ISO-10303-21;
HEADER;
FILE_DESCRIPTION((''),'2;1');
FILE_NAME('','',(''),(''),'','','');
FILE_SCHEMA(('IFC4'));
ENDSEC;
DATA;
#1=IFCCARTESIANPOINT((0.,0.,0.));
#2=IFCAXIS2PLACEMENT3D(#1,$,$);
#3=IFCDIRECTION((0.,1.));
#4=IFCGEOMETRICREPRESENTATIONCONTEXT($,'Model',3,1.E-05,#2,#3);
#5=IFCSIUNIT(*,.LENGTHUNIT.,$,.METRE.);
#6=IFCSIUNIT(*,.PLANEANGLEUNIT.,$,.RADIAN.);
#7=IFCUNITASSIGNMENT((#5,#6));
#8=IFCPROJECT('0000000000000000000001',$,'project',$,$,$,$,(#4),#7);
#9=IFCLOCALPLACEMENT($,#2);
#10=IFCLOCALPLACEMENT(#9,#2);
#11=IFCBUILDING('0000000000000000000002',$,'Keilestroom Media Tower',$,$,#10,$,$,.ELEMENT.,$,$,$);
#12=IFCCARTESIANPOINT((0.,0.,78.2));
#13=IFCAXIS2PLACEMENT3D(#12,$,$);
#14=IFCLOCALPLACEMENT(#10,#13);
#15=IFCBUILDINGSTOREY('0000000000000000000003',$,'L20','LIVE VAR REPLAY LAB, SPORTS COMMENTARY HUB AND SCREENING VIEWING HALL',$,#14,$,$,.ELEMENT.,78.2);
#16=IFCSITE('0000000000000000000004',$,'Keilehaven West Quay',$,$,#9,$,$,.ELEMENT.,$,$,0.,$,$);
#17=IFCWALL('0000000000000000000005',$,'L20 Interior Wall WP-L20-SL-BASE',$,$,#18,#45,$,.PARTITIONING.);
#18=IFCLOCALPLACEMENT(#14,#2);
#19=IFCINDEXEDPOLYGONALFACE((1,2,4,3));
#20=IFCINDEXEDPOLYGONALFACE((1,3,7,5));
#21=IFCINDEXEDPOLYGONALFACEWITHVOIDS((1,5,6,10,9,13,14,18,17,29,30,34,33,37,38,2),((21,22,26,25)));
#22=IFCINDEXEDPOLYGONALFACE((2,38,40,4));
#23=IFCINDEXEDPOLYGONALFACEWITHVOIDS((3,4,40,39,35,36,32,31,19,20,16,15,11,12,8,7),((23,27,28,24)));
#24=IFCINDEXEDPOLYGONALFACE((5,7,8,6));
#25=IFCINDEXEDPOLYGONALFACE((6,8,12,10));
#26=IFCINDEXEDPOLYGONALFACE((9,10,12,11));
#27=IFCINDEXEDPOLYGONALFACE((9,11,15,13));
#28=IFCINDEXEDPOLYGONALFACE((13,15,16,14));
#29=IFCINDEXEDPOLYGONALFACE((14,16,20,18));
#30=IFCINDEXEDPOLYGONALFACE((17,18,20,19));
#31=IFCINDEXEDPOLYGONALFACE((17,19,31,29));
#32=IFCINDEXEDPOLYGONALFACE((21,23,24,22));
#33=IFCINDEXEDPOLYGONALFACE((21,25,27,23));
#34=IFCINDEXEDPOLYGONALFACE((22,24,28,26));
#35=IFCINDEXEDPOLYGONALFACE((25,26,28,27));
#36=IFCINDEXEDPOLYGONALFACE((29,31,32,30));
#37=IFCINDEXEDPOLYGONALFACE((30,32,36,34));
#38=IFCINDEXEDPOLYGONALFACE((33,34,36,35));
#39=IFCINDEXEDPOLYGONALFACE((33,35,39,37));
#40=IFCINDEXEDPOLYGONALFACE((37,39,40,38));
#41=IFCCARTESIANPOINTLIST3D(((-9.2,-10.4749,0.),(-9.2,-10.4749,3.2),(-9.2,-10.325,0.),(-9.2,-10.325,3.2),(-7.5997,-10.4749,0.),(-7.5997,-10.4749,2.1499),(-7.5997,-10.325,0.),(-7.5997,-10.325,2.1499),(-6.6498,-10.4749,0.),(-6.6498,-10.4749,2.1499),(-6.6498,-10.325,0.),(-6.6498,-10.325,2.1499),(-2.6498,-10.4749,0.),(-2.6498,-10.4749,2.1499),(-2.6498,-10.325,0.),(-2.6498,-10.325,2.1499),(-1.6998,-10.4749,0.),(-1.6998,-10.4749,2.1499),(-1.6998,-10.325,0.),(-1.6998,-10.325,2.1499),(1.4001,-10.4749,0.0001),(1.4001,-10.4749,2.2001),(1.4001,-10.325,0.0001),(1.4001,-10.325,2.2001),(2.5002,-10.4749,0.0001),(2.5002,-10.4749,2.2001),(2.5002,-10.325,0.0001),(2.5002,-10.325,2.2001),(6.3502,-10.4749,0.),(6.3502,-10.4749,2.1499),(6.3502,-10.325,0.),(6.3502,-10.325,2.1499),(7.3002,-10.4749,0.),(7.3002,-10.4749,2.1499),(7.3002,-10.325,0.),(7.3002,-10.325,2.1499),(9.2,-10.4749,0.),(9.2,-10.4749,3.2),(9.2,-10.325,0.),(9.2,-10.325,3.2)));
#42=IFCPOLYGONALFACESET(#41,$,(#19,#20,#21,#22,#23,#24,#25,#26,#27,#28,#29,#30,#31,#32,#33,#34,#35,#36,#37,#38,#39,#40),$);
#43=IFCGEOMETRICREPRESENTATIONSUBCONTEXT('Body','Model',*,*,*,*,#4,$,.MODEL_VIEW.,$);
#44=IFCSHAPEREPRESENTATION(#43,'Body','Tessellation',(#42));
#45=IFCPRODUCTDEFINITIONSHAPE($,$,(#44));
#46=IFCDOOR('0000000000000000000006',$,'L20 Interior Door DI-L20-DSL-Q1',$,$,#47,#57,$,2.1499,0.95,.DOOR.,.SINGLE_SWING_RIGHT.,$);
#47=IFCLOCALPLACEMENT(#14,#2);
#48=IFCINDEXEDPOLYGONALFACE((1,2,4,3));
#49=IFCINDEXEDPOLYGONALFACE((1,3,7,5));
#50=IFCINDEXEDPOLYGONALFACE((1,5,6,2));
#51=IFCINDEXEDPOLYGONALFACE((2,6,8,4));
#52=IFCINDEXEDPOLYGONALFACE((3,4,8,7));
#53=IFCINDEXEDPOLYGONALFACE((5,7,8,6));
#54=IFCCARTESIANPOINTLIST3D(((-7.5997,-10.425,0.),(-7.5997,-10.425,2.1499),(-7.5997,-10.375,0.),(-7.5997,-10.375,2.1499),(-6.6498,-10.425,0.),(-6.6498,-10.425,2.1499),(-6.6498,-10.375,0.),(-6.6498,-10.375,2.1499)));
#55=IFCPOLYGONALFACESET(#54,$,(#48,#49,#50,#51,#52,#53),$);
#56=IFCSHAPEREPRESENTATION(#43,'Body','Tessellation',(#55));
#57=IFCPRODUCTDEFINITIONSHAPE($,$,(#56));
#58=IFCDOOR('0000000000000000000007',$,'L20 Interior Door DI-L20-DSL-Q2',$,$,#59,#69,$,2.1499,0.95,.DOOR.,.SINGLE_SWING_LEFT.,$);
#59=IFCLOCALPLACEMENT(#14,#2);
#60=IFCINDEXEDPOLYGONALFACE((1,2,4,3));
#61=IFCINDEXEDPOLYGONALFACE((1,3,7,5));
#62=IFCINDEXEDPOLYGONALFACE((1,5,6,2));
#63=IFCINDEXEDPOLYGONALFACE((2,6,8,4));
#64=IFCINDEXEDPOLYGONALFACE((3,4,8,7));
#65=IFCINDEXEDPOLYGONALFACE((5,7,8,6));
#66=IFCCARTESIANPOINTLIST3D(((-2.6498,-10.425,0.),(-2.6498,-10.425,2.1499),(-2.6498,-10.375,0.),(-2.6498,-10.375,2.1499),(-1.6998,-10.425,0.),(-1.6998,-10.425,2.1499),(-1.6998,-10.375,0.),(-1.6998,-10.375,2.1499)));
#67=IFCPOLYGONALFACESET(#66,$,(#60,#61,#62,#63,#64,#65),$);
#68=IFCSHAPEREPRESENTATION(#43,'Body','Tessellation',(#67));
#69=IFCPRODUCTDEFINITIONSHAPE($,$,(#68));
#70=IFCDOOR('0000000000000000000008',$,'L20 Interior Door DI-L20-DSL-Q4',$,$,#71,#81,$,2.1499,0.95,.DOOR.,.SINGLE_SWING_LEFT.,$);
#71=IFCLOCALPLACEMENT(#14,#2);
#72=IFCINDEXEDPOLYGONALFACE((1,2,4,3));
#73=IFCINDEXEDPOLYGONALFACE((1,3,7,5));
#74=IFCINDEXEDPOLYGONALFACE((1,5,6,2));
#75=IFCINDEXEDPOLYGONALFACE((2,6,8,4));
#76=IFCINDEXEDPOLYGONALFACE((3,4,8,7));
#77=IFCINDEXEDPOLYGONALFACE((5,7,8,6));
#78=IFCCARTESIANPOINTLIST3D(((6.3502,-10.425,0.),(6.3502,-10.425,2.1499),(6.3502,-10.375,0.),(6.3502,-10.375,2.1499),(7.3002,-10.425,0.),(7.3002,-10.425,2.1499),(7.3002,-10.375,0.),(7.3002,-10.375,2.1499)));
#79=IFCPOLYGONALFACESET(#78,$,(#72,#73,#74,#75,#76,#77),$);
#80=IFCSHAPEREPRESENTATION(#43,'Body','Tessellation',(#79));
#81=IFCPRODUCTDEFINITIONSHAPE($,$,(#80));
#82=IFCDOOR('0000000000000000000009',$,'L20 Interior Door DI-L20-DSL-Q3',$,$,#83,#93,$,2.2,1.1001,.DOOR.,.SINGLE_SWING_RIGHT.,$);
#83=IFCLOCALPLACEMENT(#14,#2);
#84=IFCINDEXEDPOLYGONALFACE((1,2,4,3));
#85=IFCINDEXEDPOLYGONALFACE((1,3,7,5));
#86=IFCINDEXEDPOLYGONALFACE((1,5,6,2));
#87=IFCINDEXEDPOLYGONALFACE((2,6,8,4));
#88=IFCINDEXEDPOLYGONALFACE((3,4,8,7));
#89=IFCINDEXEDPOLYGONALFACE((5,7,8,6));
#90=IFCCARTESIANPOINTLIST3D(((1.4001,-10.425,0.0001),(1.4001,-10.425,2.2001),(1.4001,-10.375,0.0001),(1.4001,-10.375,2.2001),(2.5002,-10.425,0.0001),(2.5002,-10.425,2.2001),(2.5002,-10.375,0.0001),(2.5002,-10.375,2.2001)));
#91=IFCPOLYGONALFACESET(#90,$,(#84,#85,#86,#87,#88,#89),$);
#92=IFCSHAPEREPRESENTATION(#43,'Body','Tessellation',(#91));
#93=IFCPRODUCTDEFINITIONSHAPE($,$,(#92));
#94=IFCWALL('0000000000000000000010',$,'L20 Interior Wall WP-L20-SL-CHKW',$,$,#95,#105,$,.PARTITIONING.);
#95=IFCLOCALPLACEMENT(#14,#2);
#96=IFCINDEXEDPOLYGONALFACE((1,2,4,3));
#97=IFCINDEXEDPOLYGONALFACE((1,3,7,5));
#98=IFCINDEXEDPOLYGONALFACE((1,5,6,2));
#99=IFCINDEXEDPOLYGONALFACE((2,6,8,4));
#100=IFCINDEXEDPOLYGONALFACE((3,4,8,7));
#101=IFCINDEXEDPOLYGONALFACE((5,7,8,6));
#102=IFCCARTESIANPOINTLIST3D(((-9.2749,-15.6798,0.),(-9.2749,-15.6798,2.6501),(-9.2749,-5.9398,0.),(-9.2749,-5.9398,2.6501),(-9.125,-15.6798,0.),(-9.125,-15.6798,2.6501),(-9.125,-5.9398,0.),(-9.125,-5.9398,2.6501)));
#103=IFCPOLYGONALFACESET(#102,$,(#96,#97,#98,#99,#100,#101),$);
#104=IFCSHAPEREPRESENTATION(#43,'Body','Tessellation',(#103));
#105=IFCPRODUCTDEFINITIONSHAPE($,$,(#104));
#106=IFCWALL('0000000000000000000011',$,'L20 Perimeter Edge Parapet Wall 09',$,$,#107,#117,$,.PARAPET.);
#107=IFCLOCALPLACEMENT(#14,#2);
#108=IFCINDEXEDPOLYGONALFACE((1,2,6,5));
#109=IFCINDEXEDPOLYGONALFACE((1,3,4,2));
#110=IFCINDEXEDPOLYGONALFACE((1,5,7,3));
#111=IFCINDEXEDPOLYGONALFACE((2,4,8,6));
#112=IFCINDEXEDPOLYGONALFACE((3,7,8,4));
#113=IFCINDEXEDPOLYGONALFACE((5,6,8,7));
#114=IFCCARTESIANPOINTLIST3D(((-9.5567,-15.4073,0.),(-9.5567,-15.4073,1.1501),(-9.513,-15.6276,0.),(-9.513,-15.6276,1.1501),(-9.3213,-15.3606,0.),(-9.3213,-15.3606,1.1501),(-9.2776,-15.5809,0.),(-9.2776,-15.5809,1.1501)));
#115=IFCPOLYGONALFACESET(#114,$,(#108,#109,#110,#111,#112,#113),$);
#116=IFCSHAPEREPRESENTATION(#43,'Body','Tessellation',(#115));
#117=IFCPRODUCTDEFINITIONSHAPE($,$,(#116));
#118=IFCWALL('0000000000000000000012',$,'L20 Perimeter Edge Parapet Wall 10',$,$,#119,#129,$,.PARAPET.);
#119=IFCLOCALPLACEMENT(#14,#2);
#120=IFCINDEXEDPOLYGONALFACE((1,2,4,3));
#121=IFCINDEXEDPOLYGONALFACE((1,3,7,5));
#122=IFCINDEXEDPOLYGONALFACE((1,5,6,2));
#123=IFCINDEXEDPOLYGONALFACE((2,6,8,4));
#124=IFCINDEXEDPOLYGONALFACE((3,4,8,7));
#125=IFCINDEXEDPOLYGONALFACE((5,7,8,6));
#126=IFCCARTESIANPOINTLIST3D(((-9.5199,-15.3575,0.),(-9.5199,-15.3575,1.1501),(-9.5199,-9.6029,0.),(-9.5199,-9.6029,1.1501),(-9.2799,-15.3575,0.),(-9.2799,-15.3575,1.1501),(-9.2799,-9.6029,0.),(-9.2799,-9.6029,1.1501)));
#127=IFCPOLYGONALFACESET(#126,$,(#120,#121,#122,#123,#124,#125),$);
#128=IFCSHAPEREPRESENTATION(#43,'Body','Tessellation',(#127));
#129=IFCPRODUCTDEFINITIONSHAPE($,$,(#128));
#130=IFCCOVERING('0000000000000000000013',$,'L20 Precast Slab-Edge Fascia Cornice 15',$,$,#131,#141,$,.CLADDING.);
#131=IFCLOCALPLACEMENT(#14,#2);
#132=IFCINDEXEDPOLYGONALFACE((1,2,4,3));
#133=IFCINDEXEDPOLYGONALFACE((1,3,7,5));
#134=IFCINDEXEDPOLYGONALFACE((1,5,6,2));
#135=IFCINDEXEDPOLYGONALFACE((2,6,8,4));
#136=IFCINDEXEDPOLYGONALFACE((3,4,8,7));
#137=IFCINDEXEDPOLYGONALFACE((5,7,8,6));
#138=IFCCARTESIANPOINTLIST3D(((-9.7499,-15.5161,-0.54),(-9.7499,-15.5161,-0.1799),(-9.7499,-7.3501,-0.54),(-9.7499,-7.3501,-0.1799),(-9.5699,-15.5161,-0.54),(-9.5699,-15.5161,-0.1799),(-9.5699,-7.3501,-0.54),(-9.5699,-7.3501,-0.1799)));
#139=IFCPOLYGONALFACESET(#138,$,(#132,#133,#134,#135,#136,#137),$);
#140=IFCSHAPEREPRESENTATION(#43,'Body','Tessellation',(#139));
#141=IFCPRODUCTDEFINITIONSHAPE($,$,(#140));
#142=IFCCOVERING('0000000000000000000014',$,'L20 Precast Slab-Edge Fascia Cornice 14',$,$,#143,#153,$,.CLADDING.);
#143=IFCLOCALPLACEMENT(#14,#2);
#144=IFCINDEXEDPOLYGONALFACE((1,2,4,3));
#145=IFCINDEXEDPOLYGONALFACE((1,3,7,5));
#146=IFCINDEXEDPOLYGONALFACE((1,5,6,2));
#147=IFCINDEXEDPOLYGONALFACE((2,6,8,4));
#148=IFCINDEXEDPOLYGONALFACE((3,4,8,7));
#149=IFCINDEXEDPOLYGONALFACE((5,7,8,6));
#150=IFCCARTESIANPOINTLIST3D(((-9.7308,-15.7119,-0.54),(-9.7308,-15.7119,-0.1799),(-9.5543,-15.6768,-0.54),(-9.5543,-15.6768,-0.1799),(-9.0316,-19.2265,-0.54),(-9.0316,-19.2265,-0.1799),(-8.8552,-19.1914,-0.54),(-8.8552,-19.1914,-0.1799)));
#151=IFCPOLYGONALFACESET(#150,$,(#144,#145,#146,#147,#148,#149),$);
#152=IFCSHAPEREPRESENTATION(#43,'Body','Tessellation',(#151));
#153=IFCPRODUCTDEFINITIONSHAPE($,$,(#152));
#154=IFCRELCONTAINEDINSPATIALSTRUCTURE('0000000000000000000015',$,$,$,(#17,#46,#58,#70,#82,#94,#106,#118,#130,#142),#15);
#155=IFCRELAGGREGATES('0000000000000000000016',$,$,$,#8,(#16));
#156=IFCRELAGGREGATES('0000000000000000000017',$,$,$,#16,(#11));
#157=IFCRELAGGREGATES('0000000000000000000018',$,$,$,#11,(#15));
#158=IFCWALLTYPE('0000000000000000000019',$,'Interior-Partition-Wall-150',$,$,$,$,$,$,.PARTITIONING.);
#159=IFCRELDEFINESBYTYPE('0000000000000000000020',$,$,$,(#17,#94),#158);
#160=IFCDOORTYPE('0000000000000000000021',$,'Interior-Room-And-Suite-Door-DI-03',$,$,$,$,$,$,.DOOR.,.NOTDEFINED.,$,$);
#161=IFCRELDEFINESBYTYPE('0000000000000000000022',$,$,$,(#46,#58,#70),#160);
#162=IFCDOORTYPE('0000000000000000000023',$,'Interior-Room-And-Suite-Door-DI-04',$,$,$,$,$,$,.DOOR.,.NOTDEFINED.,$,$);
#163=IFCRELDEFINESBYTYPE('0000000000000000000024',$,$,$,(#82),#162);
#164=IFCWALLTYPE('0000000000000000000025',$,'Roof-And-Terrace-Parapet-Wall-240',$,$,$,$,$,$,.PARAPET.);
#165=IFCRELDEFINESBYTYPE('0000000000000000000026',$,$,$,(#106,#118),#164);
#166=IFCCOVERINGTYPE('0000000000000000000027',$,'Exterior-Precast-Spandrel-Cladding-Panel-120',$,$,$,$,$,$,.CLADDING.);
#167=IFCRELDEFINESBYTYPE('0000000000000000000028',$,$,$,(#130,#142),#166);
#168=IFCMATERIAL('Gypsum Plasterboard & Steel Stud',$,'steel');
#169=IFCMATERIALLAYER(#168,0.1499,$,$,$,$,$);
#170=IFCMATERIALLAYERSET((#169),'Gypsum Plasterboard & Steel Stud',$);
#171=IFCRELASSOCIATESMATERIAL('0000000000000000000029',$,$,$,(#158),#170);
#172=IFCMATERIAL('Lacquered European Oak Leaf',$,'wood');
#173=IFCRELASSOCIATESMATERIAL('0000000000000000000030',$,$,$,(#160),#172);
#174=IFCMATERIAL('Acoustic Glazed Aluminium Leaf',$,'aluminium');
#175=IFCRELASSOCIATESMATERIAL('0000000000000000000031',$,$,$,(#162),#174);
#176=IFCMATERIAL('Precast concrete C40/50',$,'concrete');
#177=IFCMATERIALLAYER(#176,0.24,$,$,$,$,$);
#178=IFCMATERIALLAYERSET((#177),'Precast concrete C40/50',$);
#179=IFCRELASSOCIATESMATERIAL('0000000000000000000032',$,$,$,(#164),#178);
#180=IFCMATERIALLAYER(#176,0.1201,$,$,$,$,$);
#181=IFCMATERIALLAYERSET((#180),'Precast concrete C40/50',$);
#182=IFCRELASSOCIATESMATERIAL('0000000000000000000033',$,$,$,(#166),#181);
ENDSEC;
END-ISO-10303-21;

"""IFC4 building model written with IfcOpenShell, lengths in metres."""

from ifc_helpers import new_model, si_unit, direction, frame, frame_2d, origin, origin_2d, place, context, subcontext, project, spatial, rectangle, extrude, source, transform, mapped, material, layer, layer_set, type_object, element, fill, save


model = new_model("IFC4")

# Units and contexts
model_context = context("Model", 3, precision=1e-05, world=origin(), true_north=direction((0.0, 1.0)))
body_context = subcontext(model_context, "Body", "Model", "MODEL_VIEW")
ifc_project = project(units=[si_unit("LENGTHUNIT", "METRE"), si_unit("PLANEANGLEUNIT", "RADIAN")], contexts=[model_context])

# Site, building, storey
site_placement = place(None, origin())
site = spatial("IfcSite", under=ifc_project, at=site_placement, Name="Keilehaven West Quay", CompositionType="ELEMENT", RefElevation=0.0)
building_placement = place(site_placement, origin())
building = spatial("IfcBuilding", under=site, at=building_placement, Name="Keilestroom Media Tower", CompositionType="ELEMENT")
storey_placement = place(building_placement, frame((0.0, 0.0, 78.2)))
storey = spatial("IfcBuildingStorey", under=building, at=storey_placement, Name="L20", Description="LIVE VAR REPLAY LAB, SPORTS COMMENTARY HUB AND SCREENING VIEWING HALL", CompositionType="ELEMENT", Elevation=78.2)

# Shared definitions
ifc_material_1 = material(Name="Precast concrete C40/50", Category="concrete")
ifc_material_2 = material(Name="Gypsum Plasterboard & Steel Stud", Category="steel")

# Wall, openings, doors
ifc_layer_1 = layer(ifc_material_2, 0.1499)
ifc_layer_set_1 = layer_set([ifc_layer_1], Name="Gypsum Plasterboard & Steel Stud")
wall_type_1 = type_object("IfcWallType", Name="Interior-Partition-Wall-150", PredefinedType="PARTITIONING", material=ifc_layer_set_1)
wall_1_placement = place(storey_placement, frame((-9.2, -10.3999, 0.0), z_axis=(0.0, 0.0, 1.0), x_axis=(1.0, 0.0, 0.0)))
wall_1 = element("IfcWall", 1, at=wall_1_placement, inside=storey, type_object=wall_type_1, Name="L20 Interior Wall WP-L20-SL-BASE", PredefinedType="PARTITIONING", context=body_context, shape_type="SweptSolid", body=[
    extrude(rectangle(XDim=18.3999, YDim=0.1499, at=frame_2d((9.2, 0.0))), origin(), (0.0, 0.0, 1.0), 3.2),
])
opening_1_placement = place(wall_1_placement, frame((1.6001, 0.0, 0.0)))
opening_1 = element("IfcOpeningElement", 2, at=opening_1_placement, cuts=wall_1, PredefinedType="OPENING", context=body_context, shape_type="SweptSolid", body=[
    extrude(rectangle(XDim=0.95, YDim=2.1499, at=frame_2d((0.4751, 1.075))), frame((0.0, 0.085, 0.0), z_axis=(0.0, -1.0, 0.0), x_axis=(1.0, 0.0, 0.0)), (0.0, 0.0, 1.0), 0.1699),
])
opening_2_placement = place(wall_1_placement, frame((6.55, 0.0, 0.0)))
opening_2 = element("IfcOpeningElement", 3, at=opening_2_placement, cuts=wall_1, PredefinedType="OPENING", context=body_context, shape_type="SweptSolid", body=[
    extrude(rectangle(XDim=0.95, YDim=2.1499, at=frame_2d((0.4751, 1.075))), frame((0.0, 0.085, 0.0), z_axis=(0.0, -1.0, 0.0), x_axis=(1.0, 0.0, 0.0)), (0.0, 0.0, 1.0), 0.1699),
])
opening_3_placement = place(wall_1_placement, frame((10.6001, 0.0, 0.0)))
opening_3 = element("IfcOpeningElement", 4, at=opening_3_placement, cuts=wall_1, PredefinedType="OPENING", context=body_context, shape_type="SweptSolid", body=[
    extrude(rectangle(XDim=1.1001, YDim=2.2, at=frame_2d((0.55, 1.1001))), frame((0.0, 0.085, 0.0), z_axis=(0.0, -1.0, 0.0), x_axis=(1.0, 0.0, 0.0)), (0.0, 0.0, 1.0), 0.1699),
])
opening_4_placement = place(wall_1_placement, frame((15.55, 0.0, 0.0)))
opening_4 = element("IfcOpeningElement", 5, at=opening_4_placement, cuts=wall_1, PredefinedType="OPENING", context=body_context, shape_type="SweptSolid", body=[
    extrude(rectangle(XDim=0.95, YDim=2.1499, at=frame_2d((0.4751, 1.075))), frame((0.0, 0.085, 0.0), z_axis=(0.0, -1.0, 0.0), x_axis=(1.0, 0.0, 0.0)), (0.0, 0.0, 1.0), 0.1699),
])
ifc_material_3 = material(Name="Lacquered European Oak Leaf", Category="wood")
door_type_1 = type_object("IfcDoorType", Name="Interior-Room-And-Suite-Door-DI-03", OperationType="NOTDEFINED", PredefinedType="DOOR", material=ifc_material_3)
shared_shape_1 = source(origin(), body_context, "Body", "SweptSolid", [
    extrude(rectangle(XDim=0.95, YDim=2.1499, at=frame_2d((0.4751, 1.075))), frame((0.0, 0.0249, 0.0), z_axis=(0.0, -1.0, 0.0), x_axis=(1.0, 0.0, 0.0)), (0.0, 0.0, 1.0), 0.05),
])
door_1_placement = place(opening_1_placement, origin())
door_1 = element("IfcDoor", 6, at=door_1_placement, inside=storey, type_object=door_type_1, Name="L20 Interior Door DI-L20-DSL-Q1", OperationType="SINGLE_SWING_RIGHT", OverallHeight=2.1499, OverallWidth=0.95, PredefinedType="DOOR", context=body_context, shape_type="MappedRepresentation", body=[
    mapped(shared_shape_1, transform((0.0, 0.0, 0.0), x_axis=(1.0, 0.0, 0.0), y_axis=(0.0, 1.0, 0.0), z_axis=(0.0, 0.0, 1.0), scale=1.0)),
])
fill(opening_1, door_1)
door_2_placement = place(opening_2_placement, origin())
door_2 = element("IfcDoor", 7, at=door_2_placement, inside=storey, type_object=door_type_1, Name="L20 Interior Door DI-L20-DSL-Q2", OperationType="SINGLE_SWING_LEFT", OverallHeight=2.1499, OverallWidth=0.95, PredefinedType="DOOR", context=body_context, shape_type="MappedRepresentation", body=[
    mapped(shared_shape_1, transform((0.0, 0.0, 0.0), x_axis=(1.0, 0.0, 0.0), y_axis=(0.0, 1.0, 0.0), z_axis=(0.0, 0.0, 1.0), scale=1.0)),
])
fill(opening_2, door_2)
door_3_placement = place(opening_4_placement, origin())
door_3 = element("IfcDoor", 8, at=door_3_placement, inside=storey, type_object=door_type_1, Name="L20 Interior Door DI-L20-DSL-Q4", OperationType="SINGLE_SWING_LEFT", OverallHeight=2.1499, OverallWidth=0.95, PredefinedType="DOOR", context=body_context, shape_type="MappedRepresentation", body=[
    mapped(shared_shape_1, transform((0.0, 0.0, 0.0), x_axis=(1.0, 0.0, 0.0), y_axis=(0.0, 1.0, 0.0), z_axis=(0.0, 0.0, 1.0), scale=1.0)),
])
fill(opening_4, door_3)
ifc_material_4 = material(Name="Acoustic Glazed Aluminium Leaf", Category="aluminium")
door_type_2 = type_object("IfcDoorType", Name="Interior-Room-And-Suite-Door-DI-04", OperationType="NOTDEFINED", PredefinedType="DOOR", material=ifc_material_4)
shared_shape_2 = source(origin(), body_context, "Body", "SweptSolid", [
    extrude(rectangle(XDim=1.1001, YDim=2.2, at=frame_2d((0.55, 1.1001))), frame((0.0, 0.0249, 0.0), z_axis=(0.0, -1.0, 0.0), x_axis=(1.0, 0.0, 0.0)), (0.0, 0.0, 1.0), 0.05),
])
door_4_placement = place(opening_3_placement, origin())
door_4 = element("IfcDoor", 9, at=door_4_placement, inside=storey, type_object=door_type_2, Name="L20 Interior Door DI-L20-DSL-Q3", OperationType="SINGLE_SWING_RIGHT", OverallHeight=2.2, OverallWidth=1.1001, PredefinedType="DOOR", context=body_context, shape_type="MappedRepresentation", body=[
    mapped(shared_shape_2, transform((0.0, 0.0, 0.0), x_axis=(1.0, 0.0, 0.0), y_axis=(0.0, 1.0, 0.0), z_axis=(0.0, 0.0, 1.0), scale=1.0)),
])
fill(opening_3, door_4)

# Walls
wall_2_placement = place(storey_placement, frame((-9.2, -15.6799, 0.0), z_axis=(0.0, 0.0, 1.0), x_axis=(0.0, 1.0, 0.0)))
element("IfcWall", 10, at=wall_2_placement, inside=storey, type_object=wall_type_1, Name="L20 Interior Wall WP-L20-SL-CHKW", PredefinedType="PARTITIONING", context=body_context, shape_type="SweptSolid", body=[
    extrude(rectangle(XDim=9.74, YDim=0.1499, at=frame_2d((4.8701, 0.0))), origin(), (0.0, 0.0, 1.0), 2.6501),
])
ifc_layer_2 = layer(ifc_material_1, 0.24)
ifc_layer_set_2 = layer_set([ifc_layer_2], Name="Precast concrete C40/50")
wall_type_2 = type_object("IfcWallType", Name="Roof-And-Terrace-Parapet-Wall-240", PredefinedType="PARAPET", material=ifc_layer_set_2)
wall_3_placement = place(storey_placement, frame((-9.3953, -15.6042, 0.0), z_axis=(0.0, 0.0, 1.0), x_axis=(-0.194652, 0.980872, 0.0)))
element("IfcWall", 11, at=wall_3_placement, inside=storey, type_object=wall_type_2, Name="L20 Perimeter Edge Parapet Wall 09", PredefinedType="PARAPET", context=body_context, shape_type="SweptSolid", body=[
    extrude(rectangle(XDim=0.2246, YDim=0.24, at=frame_2d((0.1123, 0.0))), origin(), (0.0, 0.0, 1.0), 1.1501),
])
wall_4_placement = place(storey_placement, frame((-9.3999, -15.3577, 0.0), z_axis=(0.0, 0.0, 1.0), x_axis=(0.0, 1.0, 0.0)))
element("IfcWall", 12, at=wall_4_placement, inside=storey, type_object=wall_type_2, Name="L20 Perimeter Edge Parapet Wall 10", PredefinedType="PARAPET", context=body_context, shape_type="SweptSolid", body=[
    extrude(rectangle(XDim=5.7546, YDim=0.24, at=frame_2d((2.8774, 0.0))), origin(), (0.0, 0.0, 1.0), 1.1501),
])

# Coverings
ifc_layer_3 = layer(ifc_material_1, 0.1201)
ifc_layer_set_3 = layer_set([ifc_layer_3], Name="Precast concrete C40/50")
covering_type = type_object("IfcCoveringType", Name="Exterior-Precast-Spandrel-Cladding-Panel-120", PredefinedType="CLADDING", material=ifc_layer_set_3)
shared_shape_3 = source(origin(), body_context, "Body", "SweptSolid", [
    extrude(rectangle(XDim=8.166, YDim=0.1799, at=origin_2d()), origin(), (0.0, 0.0, 1.0), 0.3601),
])
covering_1_placement = place(storey_placement, frame((-9.6599, -11.4331, -0.54), z_axis=(0.0, 0.0, 1.0), x_axis=(0.0, 1.0, 0.0)))
element("IfcCovering", 13, at=covering_1_placement, inside=storey, type_object=covering_type, Name="L20 Precast Slab-Edge Fascia Cornice 15", PredefinedType="CLADDING", context=body_context, shape_type="MappedRepresentation", body=[
    mapped(shared_shape_3, transform((0.0, 0.0, 0.0), x_axis=(1.0, 0.0, 0.0), y_axis=(0.0, 1.0, 0.0), z_axis=(0.0, 0.0, 1.0), scale=1.0)),
])
shared_shape_4 = source(origin(), body_context, "Body", "SweptSolid", [
    extrude(rectangle(XDim=3.5835, YDim=0.1799, at=origin_2d()), origin(), (0.0, 0.0, 1.0), 0.3601),
])
covering_2_placement = place(storey_placement, frame((-9.293, -17.4517, -0.54), z_axis=(0.0, 0.0, 1.0), x_axis=(-0.195099, 0.980784, 0.0)))
element("IfcCovering", 14, at=covering_2_placement, inside=storey, type_object=covering_type, Name="L20 Precast Slab-Edge Fascia Cornice 14", PredefinedType="CLADDING", context=body_context, shape_type="MappedRepresentation", body=[
    mapped(shared_shape_4, transform((0.0, 0.0, 0.0), x_axis=(1.0, 0.0, 0.0), y_axis=(0.0, 1.0, 0.0), z_axis=(0.0, 0.0, 1.0), scale=1.0)),
])

save(model, "model.ifc")
